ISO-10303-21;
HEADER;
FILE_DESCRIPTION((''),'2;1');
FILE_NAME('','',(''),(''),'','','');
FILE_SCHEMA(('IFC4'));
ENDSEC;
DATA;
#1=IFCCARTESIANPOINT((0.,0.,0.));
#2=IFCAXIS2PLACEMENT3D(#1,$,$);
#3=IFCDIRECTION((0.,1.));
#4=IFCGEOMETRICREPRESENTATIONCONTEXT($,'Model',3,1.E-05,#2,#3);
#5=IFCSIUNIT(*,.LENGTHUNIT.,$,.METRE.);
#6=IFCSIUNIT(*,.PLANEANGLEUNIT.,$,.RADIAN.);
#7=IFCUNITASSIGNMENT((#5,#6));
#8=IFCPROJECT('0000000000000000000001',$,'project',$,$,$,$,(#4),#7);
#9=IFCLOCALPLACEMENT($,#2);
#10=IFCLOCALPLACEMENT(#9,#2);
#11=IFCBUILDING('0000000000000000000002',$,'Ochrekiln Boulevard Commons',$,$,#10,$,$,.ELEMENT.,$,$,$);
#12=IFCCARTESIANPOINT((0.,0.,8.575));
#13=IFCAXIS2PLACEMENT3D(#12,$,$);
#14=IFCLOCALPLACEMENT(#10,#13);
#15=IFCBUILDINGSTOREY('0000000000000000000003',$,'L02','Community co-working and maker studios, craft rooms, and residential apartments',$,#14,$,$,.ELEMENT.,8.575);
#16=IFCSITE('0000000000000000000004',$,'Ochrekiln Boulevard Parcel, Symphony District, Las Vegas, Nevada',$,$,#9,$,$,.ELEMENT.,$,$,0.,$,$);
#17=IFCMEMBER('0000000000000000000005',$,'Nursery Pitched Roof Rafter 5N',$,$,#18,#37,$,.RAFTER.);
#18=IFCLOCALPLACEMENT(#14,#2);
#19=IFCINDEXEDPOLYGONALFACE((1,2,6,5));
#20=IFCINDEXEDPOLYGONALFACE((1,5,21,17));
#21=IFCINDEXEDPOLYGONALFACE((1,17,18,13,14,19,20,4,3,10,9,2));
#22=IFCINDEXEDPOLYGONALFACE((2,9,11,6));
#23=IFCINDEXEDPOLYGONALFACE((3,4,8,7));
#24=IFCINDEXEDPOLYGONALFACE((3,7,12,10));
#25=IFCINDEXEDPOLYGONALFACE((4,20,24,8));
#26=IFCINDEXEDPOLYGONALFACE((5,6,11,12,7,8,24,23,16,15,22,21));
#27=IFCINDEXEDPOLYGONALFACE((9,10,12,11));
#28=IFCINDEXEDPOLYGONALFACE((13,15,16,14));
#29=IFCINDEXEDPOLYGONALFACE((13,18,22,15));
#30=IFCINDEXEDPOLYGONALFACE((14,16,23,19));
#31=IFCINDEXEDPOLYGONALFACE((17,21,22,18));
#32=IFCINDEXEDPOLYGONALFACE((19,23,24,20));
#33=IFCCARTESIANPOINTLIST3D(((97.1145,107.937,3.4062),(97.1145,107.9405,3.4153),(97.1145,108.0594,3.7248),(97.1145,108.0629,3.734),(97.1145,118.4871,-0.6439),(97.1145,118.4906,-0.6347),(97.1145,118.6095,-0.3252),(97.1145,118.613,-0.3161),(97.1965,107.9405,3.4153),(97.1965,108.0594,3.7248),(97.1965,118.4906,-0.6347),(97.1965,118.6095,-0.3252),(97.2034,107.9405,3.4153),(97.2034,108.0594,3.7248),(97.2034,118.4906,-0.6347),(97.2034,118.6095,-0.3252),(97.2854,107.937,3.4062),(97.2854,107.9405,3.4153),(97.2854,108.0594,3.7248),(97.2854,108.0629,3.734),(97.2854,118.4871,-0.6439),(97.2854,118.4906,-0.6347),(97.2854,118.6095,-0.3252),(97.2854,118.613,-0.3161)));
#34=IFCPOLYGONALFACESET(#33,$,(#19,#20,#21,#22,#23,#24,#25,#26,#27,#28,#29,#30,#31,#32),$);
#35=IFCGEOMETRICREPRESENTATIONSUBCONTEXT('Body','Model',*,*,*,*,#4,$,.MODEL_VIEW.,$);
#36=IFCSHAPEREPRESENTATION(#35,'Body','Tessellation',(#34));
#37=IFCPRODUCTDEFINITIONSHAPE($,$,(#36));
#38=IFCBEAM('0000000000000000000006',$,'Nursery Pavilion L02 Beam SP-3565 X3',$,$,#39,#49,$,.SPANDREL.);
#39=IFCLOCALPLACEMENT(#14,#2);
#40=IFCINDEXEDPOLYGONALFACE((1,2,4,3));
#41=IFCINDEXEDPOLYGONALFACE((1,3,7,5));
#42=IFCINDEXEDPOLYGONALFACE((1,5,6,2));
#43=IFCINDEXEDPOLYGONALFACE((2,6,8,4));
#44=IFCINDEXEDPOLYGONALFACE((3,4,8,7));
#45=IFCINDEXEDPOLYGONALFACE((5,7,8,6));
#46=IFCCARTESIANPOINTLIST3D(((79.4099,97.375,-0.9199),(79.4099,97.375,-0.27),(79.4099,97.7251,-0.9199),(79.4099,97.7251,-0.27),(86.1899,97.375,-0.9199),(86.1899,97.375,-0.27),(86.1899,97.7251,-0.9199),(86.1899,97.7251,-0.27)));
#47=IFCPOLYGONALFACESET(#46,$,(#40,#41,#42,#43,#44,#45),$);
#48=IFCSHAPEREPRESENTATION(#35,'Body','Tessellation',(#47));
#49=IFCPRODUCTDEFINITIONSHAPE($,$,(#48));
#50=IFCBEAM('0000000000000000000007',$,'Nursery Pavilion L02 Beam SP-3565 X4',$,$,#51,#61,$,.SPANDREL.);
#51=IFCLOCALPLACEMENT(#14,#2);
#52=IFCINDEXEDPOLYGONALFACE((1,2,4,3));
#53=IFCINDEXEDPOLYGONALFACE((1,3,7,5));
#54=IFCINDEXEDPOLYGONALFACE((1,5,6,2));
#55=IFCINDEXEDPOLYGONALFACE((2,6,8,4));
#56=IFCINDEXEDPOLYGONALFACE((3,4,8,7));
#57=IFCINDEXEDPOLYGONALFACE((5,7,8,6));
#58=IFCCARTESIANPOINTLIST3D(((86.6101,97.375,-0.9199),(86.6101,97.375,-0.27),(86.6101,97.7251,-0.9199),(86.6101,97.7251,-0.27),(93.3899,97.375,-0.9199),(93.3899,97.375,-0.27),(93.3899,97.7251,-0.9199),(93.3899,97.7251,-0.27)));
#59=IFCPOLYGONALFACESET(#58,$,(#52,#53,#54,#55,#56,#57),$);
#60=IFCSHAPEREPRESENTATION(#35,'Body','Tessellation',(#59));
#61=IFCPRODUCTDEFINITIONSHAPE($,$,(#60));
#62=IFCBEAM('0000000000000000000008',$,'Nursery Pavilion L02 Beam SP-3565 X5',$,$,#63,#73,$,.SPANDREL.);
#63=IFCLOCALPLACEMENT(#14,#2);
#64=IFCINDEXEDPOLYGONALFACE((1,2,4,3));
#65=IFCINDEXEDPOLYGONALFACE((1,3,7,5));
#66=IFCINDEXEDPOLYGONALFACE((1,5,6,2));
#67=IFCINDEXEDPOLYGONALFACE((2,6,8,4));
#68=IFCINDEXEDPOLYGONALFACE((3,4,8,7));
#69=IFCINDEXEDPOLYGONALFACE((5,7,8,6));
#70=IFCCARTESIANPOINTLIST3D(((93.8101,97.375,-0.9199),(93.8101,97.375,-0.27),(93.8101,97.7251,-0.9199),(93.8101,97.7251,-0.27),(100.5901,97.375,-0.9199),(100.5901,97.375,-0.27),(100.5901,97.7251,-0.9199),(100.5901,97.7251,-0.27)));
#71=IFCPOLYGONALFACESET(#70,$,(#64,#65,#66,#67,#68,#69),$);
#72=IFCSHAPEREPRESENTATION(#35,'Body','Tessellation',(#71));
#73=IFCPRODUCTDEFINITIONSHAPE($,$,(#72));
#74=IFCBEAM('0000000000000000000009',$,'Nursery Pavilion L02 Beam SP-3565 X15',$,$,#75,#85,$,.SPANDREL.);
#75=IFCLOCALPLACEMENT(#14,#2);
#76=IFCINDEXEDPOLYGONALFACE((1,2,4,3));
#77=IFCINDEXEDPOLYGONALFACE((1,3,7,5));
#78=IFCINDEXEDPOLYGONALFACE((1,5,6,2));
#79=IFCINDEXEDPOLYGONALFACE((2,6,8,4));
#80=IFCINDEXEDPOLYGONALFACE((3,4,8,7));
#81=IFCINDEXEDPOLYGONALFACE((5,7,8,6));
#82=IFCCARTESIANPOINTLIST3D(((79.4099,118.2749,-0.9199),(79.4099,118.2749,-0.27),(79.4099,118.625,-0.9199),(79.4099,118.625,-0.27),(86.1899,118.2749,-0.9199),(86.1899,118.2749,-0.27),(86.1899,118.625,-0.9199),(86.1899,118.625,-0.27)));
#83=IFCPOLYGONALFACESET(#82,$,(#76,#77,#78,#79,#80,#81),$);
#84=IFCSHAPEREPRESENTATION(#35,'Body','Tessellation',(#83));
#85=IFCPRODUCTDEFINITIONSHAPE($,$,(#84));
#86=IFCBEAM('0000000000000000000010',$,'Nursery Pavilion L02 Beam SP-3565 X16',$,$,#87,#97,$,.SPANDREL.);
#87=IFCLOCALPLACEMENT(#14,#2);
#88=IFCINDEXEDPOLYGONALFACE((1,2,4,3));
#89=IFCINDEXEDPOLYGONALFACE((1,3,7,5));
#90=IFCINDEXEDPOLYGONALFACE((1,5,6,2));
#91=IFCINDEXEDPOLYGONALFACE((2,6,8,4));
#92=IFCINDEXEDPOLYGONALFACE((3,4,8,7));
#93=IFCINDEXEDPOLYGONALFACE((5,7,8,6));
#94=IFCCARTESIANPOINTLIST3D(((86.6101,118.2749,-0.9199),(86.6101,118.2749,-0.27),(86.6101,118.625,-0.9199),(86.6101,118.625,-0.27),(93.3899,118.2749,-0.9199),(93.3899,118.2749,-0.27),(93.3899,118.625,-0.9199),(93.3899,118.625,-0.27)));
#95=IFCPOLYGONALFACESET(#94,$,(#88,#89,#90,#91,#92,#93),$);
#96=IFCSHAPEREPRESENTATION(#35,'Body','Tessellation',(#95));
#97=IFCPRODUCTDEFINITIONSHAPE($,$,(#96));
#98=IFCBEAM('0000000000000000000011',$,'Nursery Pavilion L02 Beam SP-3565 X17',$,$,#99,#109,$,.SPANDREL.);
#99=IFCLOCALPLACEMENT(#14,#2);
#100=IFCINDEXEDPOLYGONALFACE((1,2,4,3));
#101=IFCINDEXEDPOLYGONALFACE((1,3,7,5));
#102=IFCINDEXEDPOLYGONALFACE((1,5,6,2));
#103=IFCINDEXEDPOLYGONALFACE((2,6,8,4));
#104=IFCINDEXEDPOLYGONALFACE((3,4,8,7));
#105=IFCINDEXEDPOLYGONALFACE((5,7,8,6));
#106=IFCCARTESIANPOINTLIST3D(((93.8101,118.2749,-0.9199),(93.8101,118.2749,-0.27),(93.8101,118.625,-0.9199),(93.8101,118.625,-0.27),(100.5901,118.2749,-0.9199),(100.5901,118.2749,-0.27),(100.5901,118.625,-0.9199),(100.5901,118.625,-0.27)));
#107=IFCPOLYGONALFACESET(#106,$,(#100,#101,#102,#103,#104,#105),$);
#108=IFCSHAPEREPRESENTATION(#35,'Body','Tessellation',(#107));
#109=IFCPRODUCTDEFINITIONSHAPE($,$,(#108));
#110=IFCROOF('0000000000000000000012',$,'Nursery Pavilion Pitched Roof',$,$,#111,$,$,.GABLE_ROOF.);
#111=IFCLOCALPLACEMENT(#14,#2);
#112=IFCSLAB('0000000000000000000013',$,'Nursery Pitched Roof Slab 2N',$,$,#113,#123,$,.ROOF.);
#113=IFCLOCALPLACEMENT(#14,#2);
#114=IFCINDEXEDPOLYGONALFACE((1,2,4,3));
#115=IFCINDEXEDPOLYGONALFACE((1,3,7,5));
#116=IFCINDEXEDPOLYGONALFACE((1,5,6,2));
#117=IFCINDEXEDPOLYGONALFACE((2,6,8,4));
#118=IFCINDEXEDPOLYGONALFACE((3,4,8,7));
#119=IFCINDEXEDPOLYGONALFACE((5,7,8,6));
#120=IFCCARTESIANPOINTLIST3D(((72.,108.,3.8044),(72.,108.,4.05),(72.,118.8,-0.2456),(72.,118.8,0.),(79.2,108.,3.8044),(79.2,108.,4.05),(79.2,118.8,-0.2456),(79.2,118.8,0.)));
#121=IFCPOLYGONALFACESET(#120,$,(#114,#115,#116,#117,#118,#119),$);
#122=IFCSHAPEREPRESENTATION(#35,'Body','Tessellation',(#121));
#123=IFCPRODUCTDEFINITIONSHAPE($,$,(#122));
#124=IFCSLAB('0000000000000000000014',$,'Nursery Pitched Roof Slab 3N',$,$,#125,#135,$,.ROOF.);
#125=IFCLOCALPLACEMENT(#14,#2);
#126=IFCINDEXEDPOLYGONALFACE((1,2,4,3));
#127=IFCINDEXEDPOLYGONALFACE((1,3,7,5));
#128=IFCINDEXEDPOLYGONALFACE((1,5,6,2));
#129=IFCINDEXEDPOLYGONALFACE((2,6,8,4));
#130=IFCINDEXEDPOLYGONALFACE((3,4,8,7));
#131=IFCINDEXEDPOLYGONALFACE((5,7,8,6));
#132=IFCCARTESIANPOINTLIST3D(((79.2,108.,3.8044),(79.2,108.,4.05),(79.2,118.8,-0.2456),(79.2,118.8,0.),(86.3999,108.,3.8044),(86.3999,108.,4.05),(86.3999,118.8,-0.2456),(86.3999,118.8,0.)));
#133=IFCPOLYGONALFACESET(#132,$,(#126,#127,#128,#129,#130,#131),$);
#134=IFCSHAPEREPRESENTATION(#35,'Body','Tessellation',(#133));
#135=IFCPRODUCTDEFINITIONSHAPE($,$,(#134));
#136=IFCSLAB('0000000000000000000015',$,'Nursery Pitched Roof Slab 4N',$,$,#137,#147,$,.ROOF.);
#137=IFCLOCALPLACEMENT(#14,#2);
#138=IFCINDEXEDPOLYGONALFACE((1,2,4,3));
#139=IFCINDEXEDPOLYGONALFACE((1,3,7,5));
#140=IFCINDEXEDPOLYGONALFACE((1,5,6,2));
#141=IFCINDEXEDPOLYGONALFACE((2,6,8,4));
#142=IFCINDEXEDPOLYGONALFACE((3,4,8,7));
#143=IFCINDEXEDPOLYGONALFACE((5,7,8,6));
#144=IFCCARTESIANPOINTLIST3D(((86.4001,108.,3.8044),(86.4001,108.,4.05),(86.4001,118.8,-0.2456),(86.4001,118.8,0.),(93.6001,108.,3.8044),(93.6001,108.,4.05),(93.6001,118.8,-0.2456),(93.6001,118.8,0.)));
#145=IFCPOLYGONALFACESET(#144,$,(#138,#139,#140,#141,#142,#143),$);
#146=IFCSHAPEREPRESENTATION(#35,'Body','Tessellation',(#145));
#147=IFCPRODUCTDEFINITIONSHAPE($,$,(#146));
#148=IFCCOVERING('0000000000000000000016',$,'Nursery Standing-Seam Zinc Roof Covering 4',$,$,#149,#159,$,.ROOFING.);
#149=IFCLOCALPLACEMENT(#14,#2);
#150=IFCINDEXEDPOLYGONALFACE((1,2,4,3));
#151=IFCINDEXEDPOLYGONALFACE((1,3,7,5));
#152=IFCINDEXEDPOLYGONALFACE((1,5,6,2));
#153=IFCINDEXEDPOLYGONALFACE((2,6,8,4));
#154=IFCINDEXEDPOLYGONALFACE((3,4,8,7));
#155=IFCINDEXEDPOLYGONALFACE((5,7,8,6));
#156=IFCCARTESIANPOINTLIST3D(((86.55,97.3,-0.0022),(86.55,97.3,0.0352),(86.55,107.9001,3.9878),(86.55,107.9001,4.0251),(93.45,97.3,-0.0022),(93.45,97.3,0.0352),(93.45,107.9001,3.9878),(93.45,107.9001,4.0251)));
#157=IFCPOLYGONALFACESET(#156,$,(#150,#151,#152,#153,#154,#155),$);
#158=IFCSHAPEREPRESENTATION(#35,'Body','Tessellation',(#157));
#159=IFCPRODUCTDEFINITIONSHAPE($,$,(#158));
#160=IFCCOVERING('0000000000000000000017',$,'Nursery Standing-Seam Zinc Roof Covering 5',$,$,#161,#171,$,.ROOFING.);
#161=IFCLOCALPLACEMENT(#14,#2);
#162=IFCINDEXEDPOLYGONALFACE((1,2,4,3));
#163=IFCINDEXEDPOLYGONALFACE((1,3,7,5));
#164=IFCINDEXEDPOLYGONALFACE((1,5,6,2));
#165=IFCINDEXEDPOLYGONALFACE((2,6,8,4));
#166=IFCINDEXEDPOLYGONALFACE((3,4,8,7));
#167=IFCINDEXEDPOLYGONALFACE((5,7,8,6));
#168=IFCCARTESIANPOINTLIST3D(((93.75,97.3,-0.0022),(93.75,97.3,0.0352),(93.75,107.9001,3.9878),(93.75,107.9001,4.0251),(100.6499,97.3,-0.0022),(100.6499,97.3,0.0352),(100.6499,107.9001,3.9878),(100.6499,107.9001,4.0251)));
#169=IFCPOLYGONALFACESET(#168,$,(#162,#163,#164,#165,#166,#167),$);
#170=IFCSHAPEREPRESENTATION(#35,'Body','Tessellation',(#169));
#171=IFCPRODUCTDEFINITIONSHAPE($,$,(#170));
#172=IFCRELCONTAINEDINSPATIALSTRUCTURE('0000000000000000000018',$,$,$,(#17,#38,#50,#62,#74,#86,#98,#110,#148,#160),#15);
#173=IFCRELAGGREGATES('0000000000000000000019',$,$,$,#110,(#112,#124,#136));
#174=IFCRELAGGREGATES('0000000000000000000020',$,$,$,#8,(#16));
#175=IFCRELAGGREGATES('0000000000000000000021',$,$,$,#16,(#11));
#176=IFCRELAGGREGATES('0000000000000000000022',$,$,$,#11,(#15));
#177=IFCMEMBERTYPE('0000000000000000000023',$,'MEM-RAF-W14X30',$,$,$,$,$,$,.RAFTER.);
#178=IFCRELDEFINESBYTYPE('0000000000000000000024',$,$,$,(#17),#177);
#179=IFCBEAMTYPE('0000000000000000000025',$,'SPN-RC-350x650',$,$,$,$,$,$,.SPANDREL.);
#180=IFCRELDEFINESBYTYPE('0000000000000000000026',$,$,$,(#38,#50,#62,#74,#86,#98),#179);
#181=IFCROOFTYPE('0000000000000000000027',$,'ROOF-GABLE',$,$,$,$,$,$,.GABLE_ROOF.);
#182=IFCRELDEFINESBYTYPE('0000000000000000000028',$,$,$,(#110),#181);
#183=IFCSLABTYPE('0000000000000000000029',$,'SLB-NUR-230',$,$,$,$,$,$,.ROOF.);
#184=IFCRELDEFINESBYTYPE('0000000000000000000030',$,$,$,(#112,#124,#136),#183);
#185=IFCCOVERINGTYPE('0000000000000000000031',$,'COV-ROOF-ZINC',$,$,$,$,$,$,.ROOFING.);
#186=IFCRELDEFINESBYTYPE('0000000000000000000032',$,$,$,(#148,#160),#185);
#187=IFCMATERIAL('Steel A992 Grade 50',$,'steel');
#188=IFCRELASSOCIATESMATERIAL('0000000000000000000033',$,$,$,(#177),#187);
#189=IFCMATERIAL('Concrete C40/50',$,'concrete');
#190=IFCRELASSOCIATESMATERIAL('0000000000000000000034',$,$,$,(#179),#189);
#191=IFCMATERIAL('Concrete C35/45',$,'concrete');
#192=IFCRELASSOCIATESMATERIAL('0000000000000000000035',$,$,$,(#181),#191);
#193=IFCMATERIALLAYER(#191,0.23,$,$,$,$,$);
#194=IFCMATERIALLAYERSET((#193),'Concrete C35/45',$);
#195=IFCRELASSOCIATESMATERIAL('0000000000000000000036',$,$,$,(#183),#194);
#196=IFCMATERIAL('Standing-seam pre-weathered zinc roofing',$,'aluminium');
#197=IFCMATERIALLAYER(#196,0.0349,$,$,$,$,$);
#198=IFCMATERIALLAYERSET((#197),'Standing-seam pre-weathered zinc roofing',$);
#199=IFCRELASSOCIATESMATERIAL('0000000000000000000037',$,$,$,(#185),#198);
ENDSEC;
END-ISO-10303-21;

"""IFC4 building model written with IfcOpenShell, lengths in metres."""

from ifc_helpers import new_model, si_unit, direction, frame, origin, origin_2d, place, context, subcontext, project, spatial, polyline, rectangle, i_section, outline, extrude, material, layer, layer_set, material_profile, profile_set, type_object, element, aggregate, save


model = new_model("IFC4")

# Units and contexts
model_context = context("Model", 3, precision=1e-05, world=origin(), true_north=direction((0.0, 1.0)))
body_context = subcontext(model_context, "Body", "Model", "MODEL_VIEW")
ifc_project = project(units=[si_unit("LENGTHUNIT", "METRE"), si_unit("PLANEANGLEUNIT", "RADIAN")], contexts=[model_context])

# Site, building, storey
site_placement = place(None, origin())
site = spatial("IfcSite", under=ifc_project, at=site_placement, Name="Ochrekiln Boulevard Parcel, Symphony District, Las Vegas, Nevada", CompositionType="ELEMENT", RefElevation=0.0)
building_placement = place(site_placement, origin())
building = spatial("IfcBuilding", under=site, at=building_placement, Name="Ochrekiln Boulevard Commons", CompositionType="ELEMENT")
storey_placement = place(building_placement, frame((0.0, 0.0, 8.575)))
storey = spatial("IfcBuildingStorey", under=building, at=storey_placement, Name="L02", Description="Community co-working and maker studios, craft rooms, and residential apartments", CompositionType="ELEMENT", Elevation=8.575)

# Shared definitions
ifc_material_1 = material(Name="Concrete C35/45", Category="concrete")

# Member
ifc_material_2 = material(Name="Steel A992 Grade 50", Category="steel")
ifc_material_profile_1 = material_profile(ifc_material_2, i_section(OverallWidth=0.1709, OverallDepth=0.3511, WebThickness=0.0068, FlangeThickness=0.0098, at=origin_2d()), Name="W14X30")
ifc_profile_set_1 = profile_set([ifc_material_profile_1], Name="Steel A992 Grade 50")
member_type = type_object("IfcMemberType", Name="MEM-RAF-W14X30", PredefinedType="RAFTER", material=ifc_profile_set_1)
for number, where, z_axis, x_axis, name in (
    (1, (97.2, 118.55, -0.48), (0.0, -0.933573, 0.358388), (1.0, 0.0, 0.0), "Nursery Pitched Roof Rafter 5N"),
):
    element("IfcMember", number, at=place(storey_placement, frame(where, z_axis=z_axis, x_axis=x_axis)), inside=storey, type_object=member_type, Name=name, PredefinedType="RAFTER", context=body_context, shape_type="SweptSolid", body=[
        extrude(i_section(OverallWidth=0.1709, OverallDepth=0.3511, WebThickness=0.0068, FlangeThickness=0.0098, at=origin_2d()), origin(), (0.0, 0.0, 1.0), 11.3008),
    ])

# Beams
ifc_material_3 = material(Name="Concrete C40/50", Category="concrete")
ifc_material_profile_2 = material_profile(ifc_material_3, rectangle(XDim=0.3501, YDim=0.6499, at=origin_2d()), Name="RC-SPN-350x650")
ifc_profile_set_2 = profile_set([ifc_material_profile_2], Name="Concrete C40/50")
beam_type_1 = type_object("IfcBeamType", Name="SPN-RC-350x650", PredefinedType="SPANDREL", material=ifc_profile_set_2)
beam_1_placement = place(storey_placement, frame((79.4099, 97.55, -0.595), z_axis=(1.0, 0.0, 0.0), x_axis=(0.0, 1.0, 0.0)))
element("IfcBeam", 2, at=beam_1_placement, inside=storey, type_object=beam_type_1, Name="Nursery Pavilion L02 Beam SP-3565 X3", PredefinedType="SPANDREL", context=body_context, shape_type="SweptSolid", body=[
    extrude(rectangle(XDim=0.3501, YDim=0.6499, at=origin_2d()), origin(), (0.0, 0.0, 1.0), 6.78),
])
beam_2_placement = place(storey_placement, frame((86.6101, 97.55, -0.595), z_axis=(1.0, 0.0, 0.0), x_axis=(0.0, 1.0, 0.0)))
element("IfcBeam", 3, at=beam_2_placement, inside=storey, type_object=beam_type_1, Name="Nursery Pavilion L02 Beam SP-3565 X4", PredefinedType="SPANDREL", context=body_context, shape_type="SweptSolid", body=[
    extrude(rectangle(XDim=0.3501, YDim=0.6499, at=origin_2d()), origin(), (0.0, 0.0, 1.0), 6.7798),
])
for number, where, z_axis, x_axis, name in (
    (4, (93.8101, 97.55, -0.595), (1.0, 0.0, 0.0), (0.0, 1.0, 0.0), "Nursery Pavilion L02 Beam SP-3565 X5"),
    (5, (79.4099, 118.45, -0.595), (1.0, 0.0, 0.0), (0.0, 1.0, 0.0), "Nursery Pavilion L02 Beam SP-3565 X15"),
):
    element("IfcBeam", number, at=place(storey_placement, frame(where, z_axis=z_axis, x_axis=x_axis)), inside=storey, type_object=beam_type_1, Name=name, PredefinedType="SPANDREL", context=body_context, shape_type="SweptSolid", body=[
        extrude(rectangle(XDim=0.3501, YDim=0.6499, at=origin_2d()), origin(), (0.0, 0.0, 1.0), 6.78),
    ])
beam_3_placement = place(storey_placement, frame((86.6101, 118.45, -0.595), z_axis=(1.0, 0.0, 0.0), x_axis=(0.0, 1.0, 0.0)))
element("IfcBeam", 6, at=beam_3_placement, inside=storey, type_object=beam_type_1, Name="Nursery Pavilion L02 Beam SP-3565 X16", PredefinedType="SPANDREL", context=body_context, shape_type="SweptSolid", body=[
    extrude(rectangle(XDim=0.3501, YDim=0.6499, at=origin_2d()), origin(), (0.0, 0.0, 1.0), 6.7798),
])
beam_4_placement = place(storey_placement, frame((93.8101, 118.45, -0.595), z_axis=(1.0, 0.0, 0.0), x_axis=(0.0, 1.0, 0.0)))
element("IfcBeam", 7, at=beam_4_placement, inside=storey, type_object=beam_type_1, Name="Nursery Pavilion L02 Beam SP-3565 X17", PredefinedType="SPANDREL", context=body_context, shape_type="SweptSolid", body=[
    extrude(rectangle(XDim=0.3501, YDim=0.6499, at=origin_2d()), origin(), (0.0, 0.0, 1.0), 6.78),
])

# Roof, slabs
roof_type = type_object("IfcRoofType", Name="ROOF-GABLE", PredefinedType="GABLE_ROOF", material=ifc_material_1)
roof_placement = place(storey_placement, origin())
roof = element("IfcRoof", 8, at=roof_placement, inside=storey, type_object=roof_type, Name="Nursery Pavilion Pitched Roof", PredefinedType="GABLE_ROOF")
ifc_layer_1 = layer(ifc_material_1, 0.23)
ifc_layer_set_1 = layer_set([ifc_layer_1], Name="Concrete C35/45")
slab_type = type_object("IfcSlabType", Name="SLB-NUR-230", PredefinedType="ROOF", material=ifc_layer_set_1)
slab_1_placement = place(storey_placement, frame((79.2, 118.8, 0.0), z_axis=(-1.0, 0.0, 0.0), x_axis=(0.0, -1.0, 0.0)))
slab_1 = element("IfcSlab", 9, at=slab_1_placement, type_object=slab_type, Name="Nursery Pitched Roof Slab 2N", PredefinedType="ROOF", context=body_context, shape_type="SweptSolid", body=[
    extrude(outline(polyline([(0.0, 0.0), (10.8, 4.05), (10.8, 3.8044), (0.0, -0.2456), (0.0, 0.0)])), origin(), (0.0, 0.0, 1.0), 7.2),
])
slab_2_placement = place(storey_placement, frame((86.3999, 118.8, 0.0), z_axis=(-1.0, 0.0, 0.0), x_axis=(0.0, -1.0, 0.0)))
slab_2 = element("IfcSlab", 10, at=slab_2_placement, type_object=slab_type, Name="Nursery Pitched Roof Slab 3N", PredefinedType="ROOF", context=body_context, shape_type="SweptSolid", body=[
    extrude(outline(polyline([(0.0, 0.0), (10.8, 4.05), (10.8, 3.8044), (0.0, -0.2456), (0.0, 0.0)])), origin(), (0.0, 0.0, 1.0), 7.2),
])
slab_3_placement = place(storey_placement, frame((93.6001, 118.8, 0.0), z_axis=(-1.0, 0.0, 0.0), x_axis=(0.0, -1.0, 0.0)))
slab_3 = element("IfcSlab", 11, at=slab_3_placement, type_object=slab_type, Name="Nursery Pitched Roof Slab 4N", PredefinedType="ROOF", context=body_context, shape_type="SweptSolid", body=[
    extrude(outline(polyline([(0.0, 0.0), (10.8, 4.05), (10.8, 3.8044), (0.0, -0.2456), (0.0, 0.0)])), origin(), (0.0, 0.0, 1.0), 7.2),
])
aggregate(roof, [slab_1, slab_2, slab_3])

# Coverings
ifc_material_4 = material(Name="Standing-seam pre-weathered zinc roofing", Category="aluminium")
ifc_layer_2 = layer(ifc_material_4, 0.0349)
ifc_layer_set_2 = layer_set([ifc_layer_2], Name="Standing-seam pre-weathered zinc roofing")
covering_type = type_object("IfcCoveringType", Name="COV-ROOF-ZINC", PredefinedType="ROOFING", material=ifc_layer_set_2)
for number, where, z_axis, x_axis, name in (
    (12, (86.55, 97.3, 0.0352), (1.0, 0.0, 0.0), (0.0, 1.0, 0.0), "Nursery Standing-Seam Zinc Roof Covering 4"),
    (13, (93.75, 97.3, 0.0352), (1.0, 0.0, 0.0), (0.0, 1.0, 0.0), "Nursery Standing-Seam Zinc Roof Covering 5"),
):
    element("IfcCovering", number, at=place(storey_placement, frame(where, z_axis=z_axis, x_axis=x_axis)), inside=storey, type_object=covering_type, Name=name, PredefinedType="ROOFING", context=body_context, shape_type="SweptSolid", body=[
        extrude(outline(polyline([(0.0, 0.0), (10.6001, 3.99), (10.6001, 3.9526), (0.0, -0.0374), (0.0, 0.0)])), origin(), (0.0, 0.0, 1.0), 6.8999),
    ])

save(model, "model.ifc")
